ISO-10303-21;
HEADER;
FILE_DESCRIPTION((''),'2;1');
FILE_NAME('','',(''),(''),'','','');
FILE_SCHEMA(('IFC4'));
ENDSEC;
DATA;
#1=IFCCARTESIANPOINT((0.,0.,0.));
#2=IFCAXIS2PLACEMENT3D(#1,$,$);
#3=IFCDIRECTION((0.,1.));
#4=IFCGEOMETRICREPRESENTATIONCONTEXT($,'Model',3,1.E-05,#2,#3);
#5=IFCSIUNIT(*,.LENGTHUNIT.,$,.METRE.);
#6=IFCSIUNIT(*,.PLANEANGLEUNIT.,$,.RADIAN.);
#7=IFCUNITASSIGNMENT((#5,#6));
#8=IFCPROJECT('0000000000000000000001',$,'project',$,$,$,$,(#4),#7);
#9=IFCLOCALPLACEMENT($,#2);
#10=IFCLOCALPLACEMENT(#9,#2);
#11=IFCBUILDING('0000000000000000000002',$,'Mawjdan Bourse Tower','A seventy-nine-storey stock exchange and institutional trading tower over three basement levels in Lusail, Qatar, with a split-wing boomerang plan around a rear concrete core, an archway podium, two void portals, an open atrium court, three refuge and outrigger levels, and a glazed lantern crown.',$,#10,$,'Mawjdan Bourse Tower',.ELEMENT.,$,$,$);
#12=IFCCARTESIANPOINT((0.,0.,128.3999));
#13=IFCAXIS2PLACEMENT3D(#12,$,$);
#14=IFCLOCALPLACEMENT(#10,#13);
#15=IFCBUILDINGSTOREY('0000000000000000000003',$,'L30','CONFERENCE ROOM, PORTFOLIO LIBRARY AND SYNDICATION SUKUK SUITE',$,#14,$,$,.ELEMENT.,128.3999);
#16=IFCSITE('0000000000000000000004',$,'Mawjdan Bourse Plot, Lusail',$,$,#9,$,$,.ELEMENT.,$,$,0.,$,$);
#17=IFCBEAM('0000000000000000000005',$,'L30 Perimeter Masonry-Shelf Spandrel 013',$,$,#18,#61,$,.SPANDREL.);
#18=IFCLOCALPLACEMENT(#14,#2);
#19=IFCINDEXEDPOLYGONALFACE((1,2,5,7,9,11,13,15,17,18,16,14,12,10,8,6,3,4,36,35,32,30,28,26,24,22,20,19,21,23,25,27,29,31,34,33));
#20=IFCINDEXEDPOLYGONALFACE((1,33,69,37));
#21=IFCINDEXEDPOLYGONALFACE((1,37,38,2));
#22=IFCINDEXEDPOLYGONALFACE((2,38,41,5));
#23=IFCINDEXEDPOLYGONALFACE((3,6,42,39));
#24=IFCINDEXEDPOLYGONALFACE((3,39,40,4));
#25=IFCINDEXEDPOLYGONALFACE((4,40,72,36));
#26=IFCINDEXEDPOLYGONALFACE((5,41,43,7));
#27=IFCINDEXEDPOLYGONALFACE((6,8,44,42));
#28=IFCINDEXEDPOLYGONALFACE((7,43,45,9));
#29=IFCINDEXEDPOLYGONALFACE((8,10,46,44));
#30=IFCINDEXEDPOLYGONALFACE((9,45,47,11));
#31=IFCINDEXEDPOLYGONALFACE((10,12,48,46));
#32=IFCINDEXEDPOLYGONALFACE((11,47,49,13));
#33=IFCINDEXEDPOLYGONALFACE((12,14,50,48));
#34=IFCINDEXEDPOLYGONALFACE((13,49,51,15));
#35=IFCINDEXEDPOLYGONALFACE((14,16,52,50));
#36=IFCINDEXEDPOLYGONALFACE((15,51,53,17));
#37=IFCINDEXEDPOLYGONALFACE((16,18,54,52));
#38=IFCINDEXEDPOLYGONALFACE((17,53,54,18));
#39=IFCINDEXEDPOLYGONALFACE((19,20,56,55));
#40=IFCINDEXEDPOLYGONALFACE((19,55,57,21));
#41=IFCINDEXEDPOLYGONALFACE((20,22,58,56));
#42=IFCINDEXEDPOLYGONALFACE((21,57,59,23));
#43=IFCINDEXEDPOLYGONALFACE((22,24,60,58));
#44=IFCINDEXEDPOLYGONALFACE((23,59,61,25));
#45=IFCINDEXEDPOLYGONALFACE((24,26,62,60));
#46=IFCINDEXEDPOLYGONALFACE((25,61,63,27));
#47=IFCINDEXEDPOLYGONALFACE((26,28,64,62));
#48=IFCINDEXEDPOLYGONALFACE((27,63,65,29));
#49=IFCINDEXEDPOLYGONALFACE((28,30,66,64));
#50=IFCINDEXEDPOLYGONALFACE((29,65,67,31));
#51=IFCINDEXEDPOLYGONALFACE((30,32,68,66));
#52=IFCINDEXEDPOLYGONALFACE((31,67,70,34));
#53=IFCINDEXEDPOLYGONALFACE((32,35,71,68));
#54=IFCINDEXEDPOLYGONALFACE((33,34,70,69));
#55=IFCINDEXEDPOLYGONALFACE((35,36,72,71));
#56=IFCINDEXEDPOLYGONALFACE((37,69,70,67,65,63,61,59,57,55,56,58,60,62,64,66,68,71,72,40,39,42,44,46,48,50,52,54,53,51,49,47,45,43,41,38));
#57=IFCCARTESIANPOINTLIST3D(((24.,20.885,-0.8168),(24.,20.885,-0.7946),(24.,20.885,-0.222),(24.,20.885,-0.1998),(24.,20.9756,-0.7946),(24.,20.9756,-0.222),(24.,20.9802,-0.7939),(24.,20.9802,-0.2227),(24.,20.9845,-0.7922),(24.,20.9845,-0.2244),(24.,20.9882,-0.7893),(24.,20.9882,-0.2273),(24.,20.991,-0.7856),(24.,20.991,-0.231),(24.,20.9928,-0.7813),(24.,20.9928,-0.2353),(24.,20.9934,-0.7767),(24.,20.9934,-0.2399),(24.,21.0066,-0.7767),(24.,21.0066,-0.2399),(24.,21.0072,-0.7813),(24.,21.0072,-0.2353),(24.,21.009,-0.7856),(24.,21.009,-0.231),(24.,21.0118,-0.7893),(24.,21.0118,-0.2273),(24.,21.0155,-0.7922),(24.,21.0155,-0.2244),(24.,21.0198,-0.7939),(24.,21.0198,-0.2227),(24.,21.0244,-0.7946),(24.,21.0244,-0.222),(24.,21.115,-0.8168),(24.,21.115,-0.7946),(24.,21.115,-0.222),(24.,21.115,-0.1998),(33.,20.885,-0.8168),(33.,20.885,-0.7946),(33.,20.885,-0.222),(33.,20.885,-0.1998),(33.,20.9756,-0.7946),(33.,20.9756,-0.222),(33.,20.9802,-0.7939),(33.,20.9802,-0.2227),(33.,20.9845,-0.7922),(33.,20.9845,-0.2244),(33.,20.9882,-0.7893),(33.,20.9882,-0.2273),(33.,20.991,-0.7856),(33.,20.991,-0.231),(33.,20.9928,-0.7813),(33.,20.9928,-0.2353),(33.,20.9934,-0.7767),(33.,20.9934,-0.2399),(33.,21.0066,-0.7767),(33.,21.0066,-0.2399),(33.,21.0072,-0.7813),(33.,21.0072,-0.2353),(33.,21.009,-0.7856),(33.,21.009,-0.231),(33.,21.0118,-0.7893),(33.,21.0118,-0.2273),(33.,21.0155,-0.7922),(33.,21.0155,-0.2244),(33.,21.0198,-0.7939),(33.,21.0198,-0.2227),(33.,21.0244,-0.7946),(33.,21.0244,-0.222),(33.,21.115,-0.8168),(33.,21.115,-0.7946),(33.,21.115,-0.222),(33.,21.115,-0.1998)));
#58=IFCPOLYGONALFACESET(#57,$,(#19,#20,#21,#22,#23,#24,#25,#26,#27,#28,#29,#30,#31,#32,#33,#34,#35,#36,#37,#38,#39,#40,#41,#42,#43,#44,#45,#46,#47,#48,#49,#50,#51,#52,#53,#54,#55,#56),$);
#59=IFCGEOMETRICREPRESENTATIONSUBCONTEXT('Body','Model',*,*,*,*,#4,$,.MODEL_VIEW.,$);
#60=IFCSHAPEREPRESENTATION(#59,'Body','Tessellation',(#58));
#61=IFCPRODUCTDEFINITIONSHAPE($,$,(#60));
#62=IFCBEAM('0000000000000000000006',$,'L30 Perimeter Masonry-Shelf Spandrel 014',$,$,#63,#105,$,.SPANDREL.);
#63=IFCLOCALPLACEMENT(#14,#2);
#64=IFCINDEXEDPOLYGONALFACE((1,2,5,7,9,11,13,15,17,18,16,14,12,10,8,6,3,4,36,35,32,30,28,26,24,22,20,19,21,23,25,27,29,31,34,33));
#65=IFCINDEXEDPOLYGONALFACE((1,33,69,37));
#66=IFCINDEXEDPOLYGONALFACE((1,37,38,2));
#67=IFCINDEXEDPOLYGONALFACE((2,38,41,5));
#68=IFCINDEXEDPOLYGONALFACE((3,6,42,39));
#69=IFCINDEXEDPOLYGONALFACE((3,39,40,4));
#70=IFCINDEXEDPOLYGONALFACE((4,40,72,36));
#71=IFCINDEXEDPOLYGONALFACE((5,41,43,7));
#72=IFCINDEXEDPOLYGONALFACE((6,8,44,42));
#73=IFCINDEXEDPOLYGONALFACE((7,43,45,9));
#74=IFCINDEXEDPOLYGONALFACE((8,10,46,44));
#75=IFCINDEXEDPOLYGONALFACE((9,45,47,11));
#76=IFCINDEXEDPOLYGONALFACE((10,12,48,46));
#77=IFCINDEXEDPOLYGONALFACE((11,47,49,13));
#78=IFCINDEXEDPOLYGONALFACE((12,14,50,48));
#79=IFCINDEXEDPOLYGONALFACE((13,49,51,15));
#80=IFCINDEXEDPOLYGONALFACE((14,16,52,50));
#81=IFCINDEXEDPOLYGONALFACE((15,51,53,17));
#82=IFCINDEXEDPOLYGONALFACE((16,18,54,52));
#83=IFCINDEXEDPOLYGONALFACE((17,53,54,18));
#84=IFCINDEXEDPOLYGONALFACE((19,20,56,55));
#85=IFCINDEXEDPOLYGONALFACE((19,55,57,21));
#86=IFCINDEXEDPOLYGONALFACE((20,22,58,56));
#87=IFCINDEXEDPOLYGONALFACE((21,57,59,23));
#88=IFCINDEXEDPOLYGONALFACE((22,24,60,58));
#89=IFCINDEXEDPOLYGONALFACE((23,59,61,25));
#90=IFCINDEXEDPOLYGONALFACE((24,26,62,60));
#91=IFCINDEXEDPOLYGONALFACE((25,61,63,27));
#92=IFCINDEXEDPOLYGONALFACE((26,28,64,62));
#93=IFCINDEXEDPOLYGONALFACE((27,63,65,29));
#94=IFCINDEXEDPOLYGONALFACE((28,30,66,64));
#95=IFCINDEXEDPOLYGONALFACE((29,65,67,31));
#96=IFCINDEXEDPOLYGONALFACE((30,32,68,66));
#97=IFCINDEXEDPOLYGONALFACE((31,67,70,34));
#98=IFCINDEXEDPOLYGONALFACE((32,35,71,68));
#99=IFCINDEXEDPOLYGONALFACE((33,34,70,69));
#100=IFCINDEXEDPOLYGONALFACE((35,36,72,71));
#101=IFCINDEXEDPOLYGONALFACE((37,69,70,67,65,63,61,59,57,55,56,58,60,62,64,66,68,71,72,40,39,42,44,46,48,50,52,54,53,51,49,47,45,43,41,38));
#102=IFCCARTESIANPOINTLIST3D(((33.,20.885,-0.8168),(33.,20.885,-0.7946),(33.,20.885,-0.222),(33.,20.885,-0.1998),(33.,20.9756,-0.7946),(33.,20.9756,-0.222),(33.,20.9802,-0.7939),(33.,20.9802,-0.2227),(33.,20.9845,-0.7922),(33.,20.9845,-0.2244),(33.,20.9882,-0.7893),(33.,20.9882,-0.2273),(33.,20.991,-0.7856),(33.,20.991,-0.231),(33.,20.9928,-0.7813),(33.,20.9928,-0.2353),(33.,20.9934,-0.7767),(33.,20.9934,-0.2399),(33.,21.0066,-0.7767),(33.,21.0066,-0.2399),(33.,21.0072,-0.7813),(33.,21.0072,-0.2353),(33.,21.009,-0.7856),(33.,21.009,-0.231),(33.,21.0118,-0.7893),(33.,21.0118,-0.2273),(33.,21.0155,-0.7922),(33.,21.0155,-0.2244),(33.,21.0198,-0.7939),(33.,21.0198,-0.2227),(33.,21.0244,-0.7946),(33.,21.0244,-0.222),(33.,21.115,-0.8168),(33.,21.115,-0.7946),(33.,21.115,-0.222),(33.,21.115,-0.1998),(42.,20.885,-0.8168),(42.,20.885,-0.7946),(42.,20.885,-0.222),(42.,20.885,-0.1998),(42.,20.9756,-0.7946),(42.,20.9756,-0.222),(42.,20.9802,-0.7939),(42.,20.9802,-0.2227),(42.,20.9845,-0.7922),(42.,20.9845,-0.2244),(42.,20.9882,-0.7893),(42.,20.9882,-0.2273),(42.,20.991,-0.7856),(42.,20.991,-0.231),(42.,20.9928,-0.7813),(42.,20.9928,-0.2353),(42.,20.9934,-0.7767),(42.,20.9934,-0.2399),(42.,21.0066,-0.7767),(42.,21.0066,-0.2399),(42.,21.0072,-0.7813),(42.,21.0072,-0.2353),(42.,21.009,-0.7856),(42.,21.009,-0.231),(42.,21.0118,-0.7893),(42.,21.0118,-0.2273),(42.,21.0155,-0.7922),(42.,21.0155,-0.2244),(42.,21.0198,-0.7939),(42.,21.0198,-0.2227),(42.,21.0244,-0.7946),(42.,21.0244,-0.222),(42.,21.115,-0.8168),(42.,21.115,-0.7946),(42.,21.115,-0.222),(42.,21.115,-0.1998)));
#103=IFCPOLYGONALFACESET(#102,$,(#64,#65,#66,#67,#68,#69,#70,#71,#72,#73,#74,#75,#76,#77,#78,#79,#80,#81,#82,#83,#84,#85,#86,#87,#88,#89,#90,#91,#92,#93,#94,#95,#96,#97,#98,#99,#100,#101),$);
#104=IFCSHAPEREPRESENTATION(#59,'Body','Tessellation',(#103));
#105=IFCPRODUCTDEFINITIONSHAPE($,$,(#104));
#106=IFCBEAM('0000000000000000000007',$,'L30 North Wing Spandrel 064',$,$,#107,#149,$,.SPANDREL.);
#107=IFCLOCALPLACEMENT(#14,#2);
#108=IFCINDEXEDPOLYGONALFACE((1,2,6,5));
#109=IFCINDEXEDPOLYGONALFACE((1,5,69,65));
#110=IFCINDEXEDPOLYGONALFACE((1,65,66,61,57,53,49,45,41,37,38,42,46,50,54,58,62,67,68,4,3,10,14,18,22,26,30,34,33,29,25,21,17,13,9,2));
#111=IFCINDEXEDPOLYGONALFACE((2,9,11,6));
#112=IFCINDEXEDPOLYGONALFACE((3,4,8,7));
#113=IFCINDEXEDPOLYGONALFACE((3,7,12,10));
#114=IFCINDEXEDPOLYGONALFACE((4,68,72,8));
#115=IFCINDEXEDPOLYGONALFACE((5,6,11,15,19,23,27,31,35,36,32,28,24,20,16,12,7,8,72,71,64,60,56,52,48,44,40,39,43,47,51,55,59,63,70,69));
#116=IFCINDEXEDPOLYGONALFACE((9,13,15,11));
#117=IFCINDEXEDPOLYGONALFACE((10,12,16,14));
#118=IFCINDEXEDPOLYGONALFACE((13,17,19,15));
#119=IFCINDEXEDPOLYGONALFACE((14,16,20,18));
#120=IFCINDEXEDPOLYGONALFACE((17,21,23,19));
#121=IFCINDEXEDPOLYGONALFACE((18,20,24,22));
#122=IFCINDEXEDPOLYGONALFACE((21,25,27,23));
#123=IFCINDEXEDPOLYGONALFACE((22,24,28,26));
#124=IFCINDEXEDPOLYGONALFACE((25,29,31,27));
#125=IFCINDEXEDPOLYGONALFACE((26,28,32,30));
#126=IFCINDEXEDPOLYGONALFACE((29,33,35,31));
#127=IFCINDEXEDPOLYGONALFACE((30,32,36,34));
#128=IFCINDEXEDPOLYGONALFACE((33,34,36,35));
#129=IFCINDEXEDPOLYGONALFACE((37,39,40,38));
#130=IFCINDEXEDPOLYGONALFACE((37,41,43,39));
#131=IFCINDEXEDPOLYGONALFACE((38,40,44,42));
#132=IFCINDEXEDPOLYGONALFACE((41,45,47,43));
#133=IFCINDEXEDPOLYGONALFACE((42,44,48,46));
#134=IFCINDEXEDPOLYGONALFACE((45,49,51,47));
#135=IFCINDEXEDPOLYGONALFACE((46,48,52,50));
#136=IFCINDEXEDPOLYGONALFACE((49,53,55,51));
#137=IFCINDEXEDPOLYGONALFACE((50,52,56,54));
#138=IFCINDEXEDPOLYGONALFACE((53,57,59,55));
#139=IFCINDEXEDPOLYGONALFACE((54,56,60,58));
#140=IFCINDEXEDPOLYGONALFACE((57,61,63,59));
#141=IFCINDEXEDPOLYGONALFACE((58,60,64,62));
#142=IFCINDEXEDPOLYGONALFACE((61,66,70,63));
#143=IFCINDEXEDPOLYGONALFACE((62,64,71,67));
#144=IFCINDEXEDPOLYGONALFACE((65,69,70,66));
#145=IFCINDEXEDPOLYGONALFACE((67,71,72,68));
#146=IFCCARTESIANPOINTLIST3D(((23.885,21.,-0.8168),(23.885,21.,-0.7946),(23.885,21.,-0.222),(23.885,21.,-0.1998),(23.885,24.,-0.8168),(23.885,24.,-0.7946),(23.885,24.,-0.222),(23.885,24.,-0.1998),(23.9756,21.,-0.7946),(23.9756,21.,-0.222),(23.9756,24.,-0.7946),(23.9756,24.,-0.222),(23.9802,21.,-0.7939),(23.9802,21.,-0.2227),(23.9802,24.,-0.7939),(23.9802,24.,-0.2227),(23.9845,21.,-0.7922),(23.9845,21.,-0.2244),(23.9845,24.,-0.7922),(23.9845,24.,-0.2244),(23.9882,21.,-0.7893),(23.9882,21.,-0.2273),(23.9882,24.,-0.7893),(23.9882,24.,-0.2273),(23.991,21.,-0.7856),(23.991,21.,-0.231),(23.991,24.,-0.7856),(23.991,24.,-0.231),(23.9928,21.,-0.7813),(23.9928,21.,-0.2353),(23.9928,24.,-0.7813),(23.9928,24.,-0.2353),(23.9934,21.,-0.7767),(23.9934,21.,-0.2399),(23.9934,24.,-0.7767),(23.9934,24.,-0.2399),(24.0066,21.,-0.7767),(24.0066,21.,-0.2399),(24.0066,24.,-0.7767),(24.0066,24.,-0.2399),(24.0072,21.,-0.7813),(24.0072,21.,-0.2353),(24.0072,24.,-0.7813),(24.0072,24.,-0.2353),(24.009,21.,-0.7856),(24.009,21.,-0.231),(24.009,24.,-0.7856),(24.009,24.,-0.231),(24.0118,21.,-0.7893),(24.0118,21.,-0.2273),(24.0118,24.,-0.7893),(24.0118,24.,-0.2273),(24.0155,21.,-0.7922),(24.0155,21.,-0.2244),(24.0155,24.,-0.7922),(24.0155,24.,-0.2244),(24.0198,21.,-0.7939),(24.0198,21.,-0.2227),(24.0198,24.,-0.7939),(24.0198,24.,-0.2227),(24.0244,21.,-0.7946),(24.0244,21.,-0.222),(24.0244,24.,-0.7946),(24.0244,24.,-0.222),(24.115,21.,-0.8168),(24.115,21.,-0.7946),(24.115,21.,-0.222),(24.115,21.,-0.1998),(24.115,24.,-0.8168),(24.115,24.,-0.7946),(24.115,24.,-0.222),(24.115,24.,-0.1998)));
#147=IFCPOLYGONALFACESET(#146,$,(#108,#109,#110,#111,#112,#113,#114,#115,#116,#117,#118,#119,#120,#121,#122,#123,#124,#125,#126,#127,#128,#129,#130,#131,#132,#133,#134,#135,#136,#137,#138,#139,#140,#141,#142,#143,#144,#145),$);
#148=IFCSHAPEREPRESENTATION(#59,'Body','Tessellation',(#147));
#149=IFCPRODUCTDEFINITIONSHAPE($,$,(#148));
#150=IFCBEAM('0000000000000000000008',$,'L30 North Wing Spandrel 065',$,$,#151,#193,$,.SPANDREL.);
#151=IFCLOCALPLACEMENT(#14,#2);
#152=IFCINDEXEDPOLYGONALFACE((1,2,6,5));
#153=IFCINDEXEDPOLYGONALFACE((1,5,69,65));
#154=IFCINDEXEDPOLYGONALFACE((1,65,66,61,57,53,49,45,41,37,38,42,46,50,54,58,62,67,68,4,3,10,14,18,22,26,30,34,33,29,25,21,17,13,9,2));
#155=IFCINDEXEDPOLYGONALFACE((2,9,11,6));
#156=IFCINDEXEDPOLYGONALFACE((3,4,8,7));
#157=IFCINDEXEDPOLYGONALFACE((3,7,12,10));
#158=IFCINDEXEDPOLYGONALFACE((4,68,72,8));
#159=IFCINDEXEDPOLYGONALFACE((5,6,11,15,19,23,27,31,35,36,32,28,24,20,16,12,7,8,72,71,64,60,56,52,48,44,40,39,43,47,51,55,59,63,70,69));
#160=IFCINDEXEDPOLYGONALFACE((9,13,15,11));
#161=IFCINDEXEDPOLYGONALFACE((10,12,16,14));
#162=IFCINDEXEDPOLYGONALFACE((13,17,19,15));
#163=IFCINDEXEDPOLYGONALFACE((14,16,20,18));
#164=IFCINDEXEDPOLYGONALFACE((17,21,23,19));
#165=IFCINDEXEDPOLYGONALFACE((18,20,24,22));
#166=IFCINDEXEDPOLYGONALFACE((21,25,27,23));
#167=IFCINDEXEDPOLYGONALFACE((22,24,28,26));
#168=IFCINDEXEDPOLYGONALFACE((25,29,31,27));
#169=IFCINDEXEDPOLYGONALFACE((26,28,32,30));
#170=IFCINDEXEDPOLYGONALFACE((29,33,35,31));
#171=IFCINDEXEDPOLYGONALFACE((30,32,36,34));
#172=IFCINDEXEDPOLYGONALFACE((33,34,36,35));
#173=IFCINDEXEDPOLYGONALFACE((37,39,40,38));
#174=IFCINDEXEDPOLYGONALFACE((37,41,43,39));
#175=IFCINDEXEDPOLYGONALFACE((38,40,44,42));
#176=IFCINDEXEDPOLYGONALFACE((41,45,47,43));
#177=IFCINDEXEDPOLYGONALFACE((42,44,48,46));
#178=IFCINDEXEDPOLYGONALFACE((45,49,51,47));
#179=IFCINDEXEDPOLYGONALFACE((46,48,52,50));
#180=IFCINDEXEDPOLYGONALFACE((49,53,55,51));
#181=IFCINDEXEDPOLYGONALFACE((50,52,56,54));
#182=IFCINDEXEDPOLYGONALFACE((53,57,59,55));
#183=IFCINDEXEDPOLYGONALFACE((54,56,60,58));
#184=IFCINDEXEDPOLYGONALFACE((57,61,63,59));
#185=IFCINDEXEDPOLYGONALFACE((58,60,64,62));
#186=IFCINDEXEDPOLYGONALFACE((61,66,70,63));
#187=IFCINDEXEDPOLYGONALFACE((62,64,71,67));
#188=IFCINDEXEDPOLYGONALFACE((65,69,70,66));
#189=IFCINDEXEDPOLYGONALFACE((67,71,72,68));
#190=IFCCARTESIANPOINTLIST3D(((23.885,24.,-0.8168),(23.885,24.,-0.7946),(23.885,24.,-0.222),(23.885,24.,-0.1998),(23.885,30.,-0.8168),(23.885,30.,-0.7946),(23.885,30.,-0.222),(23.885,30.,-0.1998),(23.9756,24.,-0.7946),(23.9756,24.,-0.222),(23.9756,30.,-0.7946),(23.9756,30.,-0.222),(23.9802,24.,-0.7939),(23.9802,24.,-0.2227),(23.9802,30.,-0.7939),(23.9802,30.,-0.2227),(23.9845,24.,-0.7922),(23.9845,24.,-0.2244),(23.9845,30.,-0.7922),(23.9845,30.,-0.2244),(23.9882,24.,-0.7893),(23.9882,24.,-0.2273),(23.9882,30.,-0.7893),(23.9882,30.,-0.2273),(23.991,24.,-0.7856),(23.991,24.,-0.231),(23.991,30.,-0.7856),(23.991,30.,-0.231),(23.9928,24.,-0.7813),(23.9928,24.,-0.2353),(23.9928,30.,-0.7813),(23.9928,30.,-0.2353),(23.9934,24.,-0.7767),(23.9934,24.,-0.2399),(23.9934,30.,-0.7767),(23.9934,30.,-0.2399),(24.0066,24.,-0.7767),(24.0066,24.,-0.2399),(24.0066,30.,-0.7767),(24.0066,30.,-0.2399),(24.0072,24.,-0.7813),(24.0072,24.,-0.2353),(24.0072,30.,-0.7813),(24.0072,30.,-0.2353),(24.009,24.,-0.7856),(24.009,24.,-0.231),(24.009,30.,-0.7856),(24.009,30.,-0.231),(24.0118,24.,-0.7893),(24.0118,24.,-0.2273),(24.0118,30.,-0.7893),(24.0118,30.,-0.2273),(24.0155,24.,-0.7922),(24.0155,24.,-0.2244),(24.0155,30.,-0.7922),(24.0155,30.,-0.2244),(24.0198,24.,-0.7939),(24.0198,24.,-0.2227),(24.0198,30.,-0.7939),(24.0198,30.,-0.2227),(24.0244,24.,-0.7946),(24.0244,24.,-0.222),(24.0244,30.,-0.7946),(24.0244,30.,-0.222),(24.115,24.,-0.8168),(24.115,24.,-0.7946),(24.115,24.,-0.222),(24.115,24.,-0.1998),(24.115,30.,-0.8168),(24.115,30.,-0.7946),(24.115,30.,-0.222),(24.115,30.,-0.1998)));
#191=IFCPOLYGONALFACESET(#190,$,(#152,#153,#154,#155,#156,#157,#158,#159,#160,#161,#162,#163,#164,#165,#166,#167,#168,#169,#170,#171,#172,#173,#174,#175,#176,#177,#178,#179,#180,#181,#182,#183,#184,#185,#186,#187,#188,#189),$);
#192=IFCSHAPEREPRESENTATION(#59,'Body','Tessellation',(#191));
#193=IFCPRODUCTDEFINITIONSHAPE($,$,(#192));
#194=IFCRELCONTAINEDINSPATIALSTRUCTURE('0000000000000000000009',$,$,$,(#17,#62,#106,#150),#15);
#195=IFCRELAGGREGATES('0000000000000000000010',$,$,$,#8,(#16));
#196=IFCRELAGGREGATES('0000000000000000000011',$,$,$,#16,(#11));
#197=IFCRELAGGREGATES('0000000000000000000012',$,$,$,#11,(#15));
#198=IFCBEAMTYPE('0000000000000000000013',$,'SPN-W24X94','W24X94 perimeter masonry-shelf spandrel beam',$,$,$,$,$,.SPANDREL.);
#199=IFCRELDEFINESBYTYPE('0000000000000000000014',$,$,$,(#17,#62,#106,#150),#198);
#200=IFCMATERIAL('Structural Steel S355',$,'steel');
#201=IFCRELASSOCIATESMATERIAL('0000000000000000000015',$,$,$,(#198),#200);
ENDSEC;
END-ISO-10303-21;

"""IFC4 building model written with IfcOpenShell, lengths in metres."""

from ifc_helpers import new_model, si_unit, direction, frame, origin, origin_2d, place, context, subcontext, project, spatial, i_section, extrude, material, material_profile, profile_set, type_object, element, save


model = new_model("IFC4")

# Units and contexts
model_context = context("Model", 3, precision=1e-05, world=origin(), true_north=direction((0.0, 1.0)))
body_context = subcontext(model_context, "Body", "Model", "MODEL_VIEW")
ifc_project = project(units=[si_unit("LENGTHUNIT", "METRE"), si_unit("PLANEANGLEUNIT", "RADIAN")], contexts=[model_context])

# Site, building, storey
site_placement = place(None, origin())
site = spatial("IfcSite", under=ifc_project, at=site_placement, Name="Mawjdan Bourse Plot, Lusail", CompositionType="ELEMENT", RefElevation=0.0)
building_placement = place(site_placement, origin())
building = spatial("IfcBuilding", under=site, at=building_placement, Name="Mawjdan Bourse Tower", Description="A seventy-nine-storey stock exchange and institutional trading tower over three basement levels in Lusail, Qatar, with a split-wing boomerang plan around a rear concrete core, an archway podium, two void portals, an open atrium court, three refuge and outrigger levels, and a glazed lantern crown.", LongName="Mawjdan Bourse Tower", CompositionType="ELEMENT")
storey_placement = place(building_placement, frame((0.0, 0.0, 128.3999)))
storey = spatial("IfcBuildingStorey", under=building, at=storey_placement, Name="L30", Description="CONFERENCE ROOM, PORTFOLIO LIBRARY AND SYNDICATION SUKUK SUITE", CompositionType="ELEMENT", Elevation=128.3999)

# Beams
ifc_material_1 = material(Name="Structural Steel S355", Category="steel")
ifc_material_profile_1 = material_profile(ifc_material_1, i_section(OverallWidth=0.23, OverallDepth=0.6169, WebThickness=0.0132, FlangeThickness=0.0222, FilletRadius=0.0178, at=origin_2d()), Name="W24X94")
ifc_profile_set_1 = profile_set([ifc_material_profile_1], Name="Structural Steel S355")
beam_type_1 = type_object("IfcBeamType", Name="SPN-W24X94", Description="W24X94 perimeter masonry-shelf spandrel beam", PredefinedType="SPANDREL", material=ifc_profile_set_1)
for number, where, z_axis, x_axis, name in (
    (1, (24.0, 21.0, -0.5083), (1.0, 0.0, 0.0), (0.0, 1.0, 0.0), "L30 Perimeter Masonry-Shelf Spandrel 013"),
    (2, (33.0, 21.0, -0.5083), (1.0, 0.0, 0.0), (0.0, 1.0, 0.0), "L30 Perimeter Masonry-Shelf Spandrel 014"),
):
    element("IfcBeam", number, at=place(storey_placement, frame(where, z_axis=z_axis, x_axis=x_axis)), inside=storey, type_object=beam_type_1, Name=name, PredefinedType="SPANDREL", context=body_context, shape_type="SweptSolid", body=[
        extrude(i_section(OverallWidth=0.23, OverallDepth=0.6169, WebThickness=0.0132, FlangeThickness=0.0222, FilletRadius=0.0178, at=origin_2d()), origin(), (0.0, 0.0, 1.0), 9.0),
    ])
beam_1_placement = place(storey_placement, frame((24.0, 21.0, -0.5083), z_axis=(0.0, 1.0, 0.0), x_axis=(-1.0, 0.0, 0.0)))
element("IfcBeam", 3, at=beam_1_placement, inside=storey, type_object=beam_type_1, Name="L30 North Wing Spandrel 064", PredefinedType="SPANDREL", context=body_context, shape_type="SweptSolid", body=[
    extrude(i_section(OverallWidth=0.23, OverallDepth=0.6169, WebThickness=0.0132, FlangeThickness=0.0222, FilletRadius=0.0178, at=origin_2d()), origin(), (0.0, 0.0, 1.0), 3.0),
])
for number, where, z_axis, x_axis, name in (
    (4, (24.0, 24.0, -0.5083), (0.0, 1.0, 0.0), (-1.0, 0.0, 0.0), "L30 North Wing Spandrel 065"),
):
    element("IfcBeam", number, at=place(storey_placement, frame(where, z_axis=z_axis, x_axis=x_axis)), inside=storey, type_object=beam_type_1, Name=name, PredefinedType="SPANDREL", context=body_context, shape_type="SweptSolid", body=[
        extrude(i_section(OverallWidth=0.23, OverallDepth=0.6169, WebThickness=0.0132, FlangeThickness=0.0222, FilletRadius=0.0178, at=origin_2d()), origin(), (0.0, 0.0, 1.0), 6.0),
    ])

save(model, "model.ifc")
